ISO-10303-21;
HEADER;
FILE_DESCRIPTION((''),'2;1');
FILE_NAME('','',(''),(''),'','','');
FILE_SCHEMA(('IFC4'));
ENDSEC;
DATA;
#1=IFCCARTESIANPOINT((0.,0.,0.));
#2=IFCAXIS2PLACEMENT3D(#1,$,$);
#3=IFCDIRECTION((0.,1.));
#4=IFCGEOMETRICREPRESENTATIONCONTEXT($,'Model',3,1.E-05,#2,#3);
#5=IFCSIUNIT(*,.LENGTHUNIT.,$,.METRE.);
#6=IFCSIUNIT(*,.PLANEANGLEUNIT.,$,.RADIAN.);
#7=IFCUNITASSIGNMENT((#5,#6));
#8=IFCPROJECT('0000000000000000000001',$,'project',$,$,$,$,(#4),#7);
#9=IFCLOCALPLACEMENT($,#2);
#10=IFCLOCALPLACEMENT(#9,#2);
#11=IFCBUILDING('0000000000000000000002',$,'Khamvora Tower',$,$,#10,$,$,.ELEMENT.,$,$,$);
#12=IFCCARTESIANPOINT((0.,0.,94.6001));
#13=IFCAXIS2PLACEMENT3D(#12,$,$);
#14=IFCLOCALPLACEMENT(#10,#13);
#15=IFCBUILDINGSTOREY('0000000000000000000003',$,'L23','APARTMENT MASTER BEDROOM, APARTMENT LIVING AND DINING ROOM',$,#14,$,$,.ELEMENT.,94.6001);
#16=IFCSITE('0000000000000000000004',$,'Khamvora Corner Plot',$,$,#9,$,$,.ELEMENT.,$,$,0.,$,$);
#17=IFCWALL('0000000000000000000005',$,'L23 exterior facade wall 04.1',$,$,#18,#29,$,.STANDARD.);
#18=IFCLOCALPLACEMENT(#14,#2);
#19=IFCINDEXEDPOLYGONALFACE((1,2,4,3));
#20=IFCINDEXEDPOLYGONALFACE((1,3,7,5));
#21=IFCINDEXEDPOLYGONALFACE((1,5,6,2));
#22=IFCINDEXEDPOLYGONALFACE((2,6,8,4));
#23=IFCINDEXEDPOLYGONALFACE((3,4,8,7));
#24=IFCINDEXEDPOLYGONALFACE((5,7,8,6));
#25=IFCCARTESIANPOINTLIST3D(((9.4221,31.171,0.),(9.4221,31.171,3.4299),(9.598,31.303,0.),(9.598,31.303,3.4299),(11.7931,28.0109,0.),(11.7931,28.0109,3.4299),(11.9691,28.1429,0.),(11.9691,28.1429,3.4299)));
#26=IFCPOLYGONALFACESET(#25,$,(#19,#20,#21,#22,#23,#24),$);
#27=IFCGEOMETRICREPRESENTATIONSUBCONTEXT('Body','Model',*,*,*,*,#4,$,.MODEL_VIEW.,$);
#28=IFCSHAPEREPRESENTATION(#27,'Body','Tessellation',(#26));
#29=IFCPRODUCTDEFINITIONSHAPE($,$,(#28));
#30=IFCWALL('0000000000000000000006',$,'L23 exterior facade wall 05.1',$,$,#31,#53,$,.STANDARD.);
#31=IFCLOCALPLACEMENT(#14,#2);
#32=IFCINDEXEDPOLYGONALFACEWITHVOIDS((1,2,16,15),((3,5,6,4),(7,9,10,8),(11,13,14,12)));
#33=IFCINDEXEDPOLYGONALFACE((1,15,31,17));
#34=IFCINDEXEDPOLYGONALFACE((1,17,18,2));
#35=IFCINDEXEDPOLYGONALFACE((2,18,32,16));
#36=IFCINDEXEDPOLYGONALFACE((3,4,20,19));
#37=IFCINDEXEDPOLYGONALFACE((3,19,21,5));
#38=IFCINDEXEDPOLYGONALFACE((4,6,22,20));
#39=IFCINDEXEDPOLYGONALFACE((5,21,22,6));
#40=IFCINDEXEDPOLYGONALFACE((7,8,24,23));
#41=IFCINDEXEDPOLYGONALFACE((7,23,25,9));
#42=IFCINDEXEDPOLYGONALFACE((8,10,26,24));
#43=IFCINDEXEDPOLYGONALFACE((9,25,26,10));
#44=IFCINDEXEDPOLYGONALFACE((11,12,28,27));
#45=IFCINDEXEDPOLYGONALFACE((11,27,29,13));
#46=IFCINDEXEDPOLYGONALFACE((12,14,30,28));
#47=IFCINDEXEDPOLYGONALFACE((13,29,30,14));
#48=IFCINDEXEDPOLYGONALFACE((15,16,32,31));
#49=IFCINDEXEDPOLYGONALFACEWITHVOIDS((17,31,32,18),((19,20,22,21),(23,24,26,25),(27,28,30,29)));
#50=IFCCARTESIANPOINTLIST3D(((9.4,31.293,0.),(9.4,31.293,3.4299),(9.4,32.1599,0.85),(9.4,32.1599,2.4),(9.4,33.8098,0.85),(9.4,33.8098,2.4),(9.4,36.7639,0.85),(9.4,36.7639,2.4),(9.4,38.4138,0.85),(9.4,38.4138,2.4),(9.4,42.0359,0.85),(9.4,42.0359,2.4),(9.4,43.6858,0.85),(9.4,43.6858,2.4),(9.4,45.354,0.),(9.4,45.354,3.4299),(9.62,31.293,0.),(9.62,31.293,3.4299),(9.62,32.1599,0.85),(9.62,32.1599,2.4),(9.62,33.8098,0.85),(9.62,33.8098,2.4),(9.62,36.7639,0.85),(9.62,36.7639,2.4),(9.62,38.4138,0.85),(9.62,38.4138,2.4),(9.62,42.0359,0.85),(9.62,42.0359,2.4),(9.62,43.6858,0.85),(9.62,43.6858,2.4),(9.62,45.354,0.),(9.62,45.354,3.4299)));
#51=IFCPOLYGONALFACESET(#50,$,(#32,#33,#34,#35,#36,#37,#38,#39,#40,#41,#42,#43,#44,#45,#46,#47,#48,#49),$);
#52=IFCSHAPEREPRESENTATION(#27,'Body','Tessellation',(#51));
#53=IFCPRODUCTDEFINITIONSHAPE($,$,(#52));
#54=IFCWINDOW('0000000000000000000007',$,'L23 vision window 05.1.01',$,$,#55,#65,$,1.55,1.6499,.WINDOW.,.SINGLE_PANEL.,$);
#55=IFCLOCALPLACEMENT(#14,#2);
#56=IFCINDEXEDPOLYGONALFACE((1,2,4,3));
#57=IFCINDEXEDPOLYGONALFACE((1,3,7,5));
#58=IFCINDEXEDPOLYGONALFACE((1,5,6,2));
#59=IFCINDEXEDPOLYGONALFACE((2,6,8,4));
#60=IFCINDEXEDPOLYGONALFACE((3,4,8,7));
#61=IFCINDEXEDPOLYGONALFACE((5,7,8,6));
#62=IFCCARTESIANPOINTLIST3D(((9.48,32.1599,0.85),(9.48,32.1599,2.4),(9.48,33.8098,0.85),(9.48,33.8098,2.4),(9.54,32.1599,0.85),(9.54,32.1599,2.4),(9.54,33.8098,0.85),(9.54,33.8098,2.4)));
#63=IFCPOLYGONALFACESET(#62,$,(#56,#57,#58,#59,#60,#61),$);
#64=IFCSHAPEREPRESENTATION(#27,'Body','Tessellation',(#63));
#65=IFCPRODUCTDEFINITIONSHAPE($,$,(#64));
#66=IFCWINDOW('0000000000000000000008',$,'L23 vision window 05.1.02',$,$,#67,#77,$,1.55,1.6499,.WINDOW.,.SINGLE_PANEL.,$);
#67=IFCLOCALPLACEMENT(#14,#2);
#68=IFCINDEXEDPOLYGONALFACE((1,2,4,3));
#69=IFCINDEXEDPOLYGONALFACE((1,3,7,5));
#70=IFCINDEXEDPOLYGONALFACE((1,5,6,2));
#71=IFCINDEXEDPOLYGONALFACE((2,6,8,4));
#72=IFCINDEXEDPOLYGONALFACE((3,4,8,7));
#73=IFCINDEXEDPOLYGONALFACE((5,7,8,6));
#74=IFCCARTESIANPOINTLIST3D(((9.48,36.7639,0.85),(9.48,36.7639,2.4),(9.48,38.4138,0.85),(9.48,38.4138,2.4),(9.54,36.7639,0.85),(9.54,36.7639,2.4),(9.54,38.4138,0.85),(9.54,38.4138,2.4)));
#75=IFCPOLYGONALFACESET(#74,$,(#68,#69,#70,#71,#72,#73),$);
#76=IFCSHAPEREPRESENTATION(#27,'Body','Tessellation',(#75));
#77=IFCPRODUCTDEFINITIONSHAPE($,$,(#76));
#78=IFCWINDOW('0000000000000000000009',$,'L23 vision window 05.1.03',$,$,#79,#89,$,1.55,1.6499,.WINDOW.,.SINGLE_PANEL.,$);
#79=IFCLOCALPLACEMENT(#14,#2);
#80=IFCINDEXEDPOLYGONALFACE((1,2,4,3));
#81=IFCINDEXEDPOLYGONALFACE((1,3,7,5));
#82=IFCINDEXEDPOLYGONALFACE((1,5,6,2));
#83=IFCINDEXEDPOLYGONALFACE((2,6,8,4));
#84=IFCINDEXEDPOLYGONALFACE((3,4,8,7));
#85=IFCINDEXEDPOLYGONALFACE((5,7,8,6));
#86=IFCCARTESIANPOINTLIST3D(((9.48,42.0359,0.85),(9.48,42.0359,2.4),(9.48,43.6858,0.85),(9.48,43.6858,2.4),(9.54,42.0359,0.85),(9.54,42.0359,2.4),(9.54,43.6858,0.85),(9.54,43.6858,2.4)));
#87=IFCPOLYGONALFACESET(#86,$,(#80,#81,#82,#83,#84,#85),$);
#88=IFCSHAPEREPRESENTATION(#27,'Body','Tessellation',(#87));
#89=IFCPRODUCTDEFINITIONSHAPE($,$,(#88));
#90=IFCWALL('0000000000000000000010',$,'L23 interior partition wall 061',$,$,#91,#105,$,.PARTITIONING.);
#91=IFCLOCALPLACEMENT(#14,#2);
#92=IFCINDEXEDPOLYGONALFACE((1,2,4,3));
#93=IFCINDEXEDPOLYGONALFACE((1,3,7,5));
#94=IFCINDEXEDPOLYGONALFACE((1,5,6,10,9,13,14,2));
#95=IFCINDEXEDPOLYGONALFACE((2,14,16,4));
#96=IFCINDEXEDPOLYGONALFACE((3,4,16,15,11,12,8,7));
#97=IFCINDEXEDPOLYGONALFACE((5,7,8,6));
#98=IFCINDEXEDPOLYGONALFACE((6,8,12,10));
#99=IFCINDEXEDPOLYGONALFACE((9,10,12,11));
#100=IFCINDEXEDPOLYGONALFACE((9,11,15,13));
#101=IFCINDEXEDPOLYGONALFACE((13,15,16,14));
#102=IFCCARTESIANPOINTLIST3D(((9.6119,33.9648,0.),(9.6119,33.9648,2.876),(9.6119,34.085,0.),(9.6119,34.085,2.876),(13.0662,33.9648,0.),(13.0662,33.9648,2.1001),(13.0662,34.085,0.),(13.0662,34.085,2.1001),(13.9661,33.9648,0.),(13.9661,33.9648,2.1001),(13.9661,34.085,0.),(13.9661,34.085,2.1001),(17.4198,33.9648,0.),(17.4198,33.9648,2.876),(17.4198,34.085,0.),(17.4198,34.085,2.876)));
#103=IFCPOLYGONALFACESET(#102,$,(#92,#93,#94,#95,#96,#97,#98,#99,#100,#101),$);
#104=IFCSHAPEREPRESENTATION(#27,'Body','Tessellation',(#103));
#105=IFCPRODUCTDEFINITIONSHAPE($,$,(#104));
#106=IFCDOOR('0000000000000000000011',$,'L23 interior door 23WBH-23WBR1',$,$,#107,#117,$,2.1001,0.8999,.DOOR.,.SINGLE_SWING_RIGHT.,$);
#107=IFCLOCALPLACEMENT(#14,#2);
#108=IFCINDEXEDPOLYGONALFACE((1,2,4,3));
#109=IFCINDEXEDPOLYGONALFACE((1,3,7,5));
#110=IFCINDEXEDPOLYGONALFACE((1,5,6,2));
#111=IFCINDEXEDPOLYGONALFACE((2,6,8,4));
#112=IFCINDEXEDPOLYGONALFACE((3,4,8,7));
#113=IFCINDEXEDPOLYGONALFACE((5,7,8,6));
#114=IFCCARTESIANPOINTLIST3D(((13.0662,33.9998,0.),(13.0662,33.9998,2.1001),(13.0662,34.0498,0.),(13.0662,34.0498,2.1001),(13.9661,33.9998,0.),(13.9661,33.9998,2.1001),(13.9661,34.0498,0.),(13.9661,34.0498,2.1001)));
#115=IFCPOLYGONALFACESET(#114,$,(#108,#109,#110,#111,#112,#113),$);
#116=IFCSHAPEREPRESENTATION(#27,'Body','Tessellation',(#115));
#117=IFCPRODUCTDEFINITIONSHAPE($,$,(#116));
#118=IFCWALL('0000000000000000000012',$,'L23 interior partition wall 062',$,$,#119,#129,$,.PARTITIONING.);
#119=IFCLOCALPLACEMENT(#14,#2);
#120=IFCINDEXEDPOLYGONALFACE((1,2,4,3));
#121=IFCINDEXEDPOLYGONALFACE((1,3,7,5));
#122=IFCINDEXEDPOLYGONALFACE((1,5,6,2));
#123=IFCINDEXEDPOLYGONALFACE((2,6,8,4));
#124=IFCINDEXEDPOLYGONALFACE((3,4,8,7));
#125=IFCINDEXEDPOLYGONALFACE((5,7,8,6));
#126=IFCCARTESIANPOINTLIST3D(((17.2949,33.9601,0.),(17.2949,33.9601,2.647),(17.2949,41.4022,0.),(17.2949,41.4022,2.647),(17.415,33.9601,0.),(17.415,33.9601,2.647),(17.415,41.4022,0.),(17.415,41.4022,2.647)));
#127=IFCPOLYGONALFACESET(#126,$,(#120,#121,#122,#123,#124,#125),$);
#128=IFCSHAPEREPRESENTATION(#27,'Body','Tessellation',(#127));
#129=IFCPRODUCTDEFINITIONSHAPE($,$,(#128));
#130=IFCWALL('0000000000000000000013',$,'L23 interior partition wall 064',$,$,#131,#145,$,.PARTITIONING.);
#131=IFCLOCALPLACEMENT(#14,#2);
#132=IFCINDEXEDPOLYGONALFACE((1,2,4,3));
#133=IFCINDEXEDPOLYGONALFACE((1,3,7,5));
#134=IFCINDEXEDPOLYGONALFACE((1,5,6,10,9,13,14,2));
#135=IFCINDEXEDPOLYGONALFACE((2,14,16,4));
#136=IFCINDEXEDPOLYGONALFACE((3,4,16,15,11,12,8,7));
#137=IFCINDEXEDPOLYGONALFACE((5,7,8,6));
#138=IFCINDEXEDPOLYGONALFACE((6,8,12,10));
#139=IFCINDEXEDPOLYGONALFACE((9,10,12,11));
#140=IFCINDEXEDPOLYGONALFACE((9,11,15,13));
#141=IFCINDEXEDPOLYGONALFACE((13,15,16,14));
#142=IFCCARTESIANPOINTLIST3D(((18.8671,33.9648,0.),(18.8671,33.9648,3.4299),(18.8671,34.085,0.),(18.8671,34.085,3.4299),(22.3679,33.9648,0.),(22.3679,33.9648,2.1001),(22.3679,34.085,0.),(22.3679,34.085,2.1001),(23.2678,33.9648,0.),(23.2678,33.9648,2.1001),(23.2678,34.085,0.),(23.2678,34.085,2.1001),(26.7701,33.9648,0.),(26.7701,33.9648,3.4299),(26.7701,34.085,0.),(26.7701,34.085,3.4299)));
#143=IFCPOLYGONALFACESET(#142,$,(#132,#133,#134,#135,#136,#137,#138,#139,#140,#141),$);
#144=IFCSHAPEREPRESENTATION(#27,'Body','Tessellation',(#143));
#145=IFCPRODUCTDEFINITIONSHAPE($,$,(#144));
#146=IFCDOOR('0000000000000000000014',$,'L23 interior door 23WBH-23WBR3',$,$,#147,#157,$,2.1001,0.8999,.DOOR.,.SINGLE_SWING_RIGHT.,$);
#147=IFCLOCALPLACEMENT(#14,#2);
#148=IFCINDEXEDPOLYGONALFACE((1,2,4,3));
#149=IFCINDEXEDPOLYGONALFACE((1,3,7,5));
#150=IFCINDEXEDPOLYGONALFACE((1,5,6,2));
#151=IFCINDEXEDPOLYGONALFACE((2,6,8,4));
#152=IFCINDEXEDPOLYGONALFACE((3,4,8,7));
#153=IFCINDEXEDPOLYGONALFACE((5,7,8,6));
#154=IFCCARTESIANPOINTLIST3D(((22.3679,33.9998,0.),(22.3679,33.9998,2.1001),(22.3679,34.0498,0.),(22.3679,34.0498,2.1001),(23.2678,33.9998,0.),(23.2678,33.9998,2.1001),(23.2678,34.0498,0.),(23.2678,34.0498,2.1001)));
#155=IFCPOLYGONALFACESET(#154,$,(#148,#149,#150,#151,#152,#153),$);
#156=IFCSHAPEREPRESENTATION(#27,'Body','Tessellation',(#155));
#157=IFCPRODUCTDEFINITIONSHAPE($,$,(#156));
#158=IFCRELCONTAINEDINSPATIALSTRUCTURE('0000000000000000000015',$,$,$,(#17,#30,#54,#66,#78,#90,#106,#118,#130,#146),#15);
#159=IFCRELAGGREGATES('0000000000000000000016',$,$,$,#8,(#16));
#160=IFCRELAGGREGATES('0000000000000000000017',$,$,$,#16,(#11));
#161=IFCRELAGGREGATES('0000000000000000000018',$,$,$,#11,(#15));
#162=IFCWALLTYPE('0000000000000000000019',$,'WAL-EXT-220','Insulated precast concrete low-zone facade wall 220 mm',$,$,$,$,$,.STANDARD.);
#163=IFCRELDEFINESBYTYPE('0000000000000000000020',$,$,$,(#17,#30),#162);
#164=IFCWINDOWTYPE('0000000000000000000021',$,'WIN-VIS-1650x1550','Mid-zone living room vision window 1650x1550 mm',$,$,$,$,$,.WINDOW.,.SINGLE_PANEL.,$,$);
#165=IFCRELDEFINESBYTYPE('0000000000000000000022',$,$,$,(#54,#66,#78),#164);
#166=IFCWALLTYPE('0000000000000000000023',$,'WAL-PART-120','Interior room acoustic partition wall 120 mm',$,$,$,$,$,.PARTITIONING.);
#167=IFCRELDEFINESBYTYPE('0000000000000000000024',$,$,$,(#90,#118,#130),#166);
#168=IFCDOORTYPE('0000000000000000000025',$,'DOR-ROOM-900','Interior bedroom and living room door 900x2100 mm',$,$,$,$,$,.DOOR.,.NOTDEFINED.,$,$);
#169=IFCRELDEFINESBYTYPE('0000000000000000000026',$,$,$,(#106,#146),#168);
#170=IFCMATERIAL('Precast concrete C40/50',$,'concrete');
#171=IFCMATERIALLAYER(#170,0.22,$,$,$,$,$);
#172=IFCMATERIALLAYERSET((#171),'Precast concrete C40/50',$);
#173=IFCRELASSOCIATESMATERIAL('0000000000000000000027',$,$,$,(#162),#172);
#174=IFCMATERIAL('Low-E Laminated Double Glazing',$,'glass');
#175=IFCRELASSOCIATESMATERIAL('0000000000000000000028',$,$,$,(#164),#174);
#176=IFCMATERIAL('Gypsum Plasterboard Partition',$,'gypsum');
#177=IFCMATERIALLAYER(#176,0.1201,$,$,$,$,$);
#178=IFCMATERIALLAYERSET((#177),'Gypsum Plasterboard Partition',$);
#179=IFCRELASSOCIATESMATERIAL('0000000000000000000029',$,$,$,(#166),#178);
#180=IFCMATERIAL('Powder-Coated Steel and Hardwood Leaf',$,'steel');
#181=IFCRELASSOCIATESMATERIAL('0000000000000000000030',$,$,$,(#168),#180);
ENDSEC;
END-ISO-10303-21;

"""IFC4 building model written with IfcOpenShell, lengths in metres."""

from ifc_helpers import new_model, si_unit, direction, frame, frame_2d, origin, place, context, subcontext, project, spatial, rectangle, extrude, material, layer, layer_set, type_object, element, fill, save


model = new_model("IFC4")

# Units and contexts
model_context = context("Model", 3, precision=1e-05, world=origin(), true_north=direction((0.0, 1.0)))
body_context = subcontext(model_context, "Body", "Model", "MODEL_VIEW")
ifc_project = project(units=[si_unit("LENGTHUNIT", "METRE"), si_unit("PLANEANGLEUNIT", "RADIAN")], contexts=[model_context])

# Site, building, storey
site_placement = place(None, origin())
site = spatial("IfcSite", under=ifc_project, at=site_placement, Name="Khamvora Corner Plot", CompositionType="ELEMENT", RefElevation=0.0)
building_placement = place(site_placement, origin())
building = spatial("IfcBuilding", under=site, at=building_placement, Name="Khamvora Tower", CompositionType="ELEMENT")
storey_placement = place(building_placement, frame((0.0, 0.0, 94.6001)))
storey = spatial("IfcBuildingStorey", under=building, at=storey_placement, Name="L23", Description="APARTMENT MASTER BEDROOM, APARTMENT LIVING AND DINING ROOM", CompositionType="ELEMENT", Elevation=94.6001)

# Shared definitions
ifc_material_1 = material(Name="Powder-Coated Steel and Hardwood Leaf", Category="steel")

# Wall
ifc_material_2 = material(Name="Precast concrete C40/50", Category="concrete")
ifc_layer_1 = layer(ifc_material_2, 0.22)
ifc_layer_set_1 = layer_set([ifc_layer_1], Name="Precast concrete C40/50")
wall_type_1 = type_object("IfcWallType", Name="WAL-EXT-220", Description="Insulated precast concrete low-zone facade wall 220 mm", PredefinedType="STANDARD", material=ifc_layer_set_1)
wall_1_placement = place(storey_placement, frame((11.8811, 28.0769, 0.0), z_axis=(0.0, 0.0, 1.0), x_axis=(-0.600158, 0.799881, 0.0)))
element("IfcWall", 1, at=wall_1_placement, inside=storey, type_object=wall_type_1, Name="L23 exterior facade wall 04.1", PredefinedType="STANDARD", context=body_context, shape_type="SweptSolid", body=[
    extrude(rectangle(XDim=3.9507, YDim=0.22, at=frame_2d((1.9753, 0.0))), origin(), (0.0, 0.0, 1.0), 3.4299),
])

# Wall, openings, windows
wall_2_placement = place(storey_placement, frame((9.51, 31.293, 0.0), z_axis=(0.0, 0.0, 1.0), x_axis=(0.0, 1.0, 0.0)))
wall_2 = element("IfcWall", 2, at=wall_2_placement, inside=storey, type_object=wall_type_1, Name="L23 exterior facade wall 05.1", PredefinedType="STANDARD", context=body_context, shape_type="SweptSolid", body=[
    extrude(rectangle(XDim=14.061, YDim=0.22, at=frame_2d((7.0305, 0.0))), origin(), (0.0, 0.0, 1.0), 3.4299),
])
opening_1_placement = place(wall_2_placement, frame((0.8669, 0.0, 0.8501)))
opening_1 = element("IfcOpeningElement", 3, at=opening_1_placement, cuts=wall_2, PredefinedType="OPENING", context=body_context, shape_type="SweptSolid", body=[
    extrude(rectangle(XDim=1.6499, YDim=1.55, at=frame_2d((0.825, 0.7749))), frame((0.0, 0.1199, 0.0), z_axis=(0.0, -1.0, 0.0), x_axis=(1.0, 0.0, 0.0)), (0.0, 0.0, 1.0), 0.24),
])
opening_2_placement = place(wall_2_placement, frame((5.4709, 0.0, 0.8501)))
opening_2 = element("IfcOpeningElement", 4, at=opening_2_placement, cuts=wall_2, PredefinedType="OPENING", context=body_context, shape_type="SweptSolid", body=[
    extrude(rectangle(XDim=1.6499, YDim=1.55, at=frame_2d((0.825, 0.7749))), frame((0.0, 0.1199, 0.0), z_axis=(0.0, -1.0, 0.0), x_axis=(1.0, 0.0, 0.0)), (0.0, 0.0, 1.0), 0.24),
])
opening_3_placement = place(wall_2_placement, frame((10.7429, 0.0, 0.8501)))
opening_3 = element("IfcOpeningElement", 5, at=opening_3_placement, cuts=wall_2, PredefinedType="OPENING", context=body_context, shape_type="SweptSolid", body=[
    extrude(rectangle(XDim=1.6499, YDim=1.55, at=frame_2d((0.825, 0.7749))), frame((0.0, 0.1199, 0.0), z_axis=(0.0, -1.0, 0.0), x_axis=(1.0, 0.0, 0.0)), (0.0, 0.0, 1.0), 0.24),
])
ifc_material_3 = material(Name="Low-E Laminated Double Glazing", Category="glass")
window_type = type_object("IfcWindowType", Name="WIN-VIS-1650x1550", Description="Mid-zone living room vision window 1650x1550 mm", PartitioningType="SINGLE_PANEL", PredefinedType="WINDOW", material=ifc_material_3)
window_1_placement = place(opening_1_placement, origin())
window_1 = element("IfcWindow", 6, at=window_1_placement, inside=storey, type_object=window_type, Name="L23 vision window 05.1.01", OverallHeight=1.55, OverallWidth=1.6499, PartitioningType="SINGLE_PANEL", PredefinedType="WINDOW", context=body_context, shape_type="SweptSolid", body=[
    extrude(rectangle(XDim=1.6499, YDim=1.55, at=frame_2d((0.825, 0.7749))), frame((0.0, 0.03, 0.0), z_axis=(0.0, -1.0, 0.0), x_axis=(1.0, 0.0, 0.0)), (0.0, 0.0, 1.0), 0.0601),
])
fill(opening_1, window_1)
window_2_placement = place(opening_2_placement, origin())
window_2 = element("IfcWindow", 7, at=window_2_placement, inside=storey, type_object=window_type, Name="L23 vision window 05.1.02", OverallHeight=1.55, OverallWidth=1.6499, PartitioningType="SINGLE_PANEL", PredefinedType="WINDOW", context=body_context, shape_type="SweptSolid", body=[
    extrude(rectangle(XDim=1.6499, YDim=1.55, at=frame_2d((0.825, 0.7749))), frame((0.0, 0.03, 0.0), z_axis=(0.0, -1.0, 0.0), x_axis=(1.0, 0.0, 0.0)), (0.0, 0.0, 1.0), 0.0601),
])
fill(opening_2, window_2)
window_3_placement = place(opening_3_placement, origin())
window_3 = element("IfcWindow", 8, at=window_3_placement, inside=storey, type_object=window_type, Name="L23 vision window 05.1.03", OverallHeight=1.55, OverallWidth=1.6499, PartitioningType="SINGLE_PANEL", PredefinedType="WINDOW", context=body_context, shape_type="SweptSolid", body=[
    extrude(rectangle(XDim=1.6499, YDim=1.55, at=frame_2d((0.825, 0.7749))), frame((0.0, 0.03, 0.0), z_axis=(0.0, -1.0, 0.0), x_axis=(1.0, 0.0, 0.0)), (0.0, 0.0, 1.0), 0.0601),
])
fill(opening_3, window_3)

# Wall, opening, door
ifc_material_4 = material(Name="Gypsum Plasterboard Partition", Category="gypsum")
ifc_layer_2 = layer(ifc_material_4, 0.1201)
ifc_layer_set_2 = layer_set([ifc_layer_2], Name="Gypsum Plasterboard Partition")
wall_type_2 = type_object("IfcWallType", Name="WAL-PART-120", Description="Interior room acoustic partition wall 120 mm", PredefinedType="PARTITIONING", material=ifc_layer_set_2)
wall_3_placement = place(storey_placement, frame((9.6121, 34.0249, 0.0), z_axis=(0.0, 0.0, 1.0), x_axis=(1.0, 0.0, 0.0)))
wall_3 = element("IfcWall", 9, at=wall_3_placement, inside=storey, type_object=wall_type_2, Name="L23 interior partition wall 061", PredefinedType="PARTITIONING", context=body_context, shape_type="SweptSolid", body=[
    extrude(rectangle(XDim=7.8079, YDim=0.1201, at=frame_2d((3.9038, 0.0))), origin(), (0.0, 0.0, 1.0), 2.876),
])
opening_4_placement = place(wall_3_placement, frame((3.4541, 0.0, 0.0)))
opening_4 = element("IfcOpeningElement", 10, at=opening_4_placement, cuts=wall_3, PredefinedType="OPENING", context=body_context, shape_type="SweptSolid", body=[
    extrude(rectangle(XDim=0.8999, YDim=2.1001, at=frame_2d((0.45, 1.05))), frame((0.0, 0.0701, 0.0), z_axis=(0.0, -1.0, 0.0), x_axis=(1.0, 0.0, 0.0)), (0.0, 0.0, 1.0), 0.1401),
])
door_type_1 = type_object("IfcDoorType", Name="DOR-ROOM-900", Description="Interior bedroom and living room door 900x2100 mm", OperationType="NOTDEFINED", PredefinedType="DOOR", material=ifc_material_1)
door_1_placement = place(opening_4_placement, origin())
door_1 = element("IfcDoor", 11, at=door_1_placement, inside=storey, type_object=door_type_1, Name="L23 interior door 23WBH-23WBR1", OperationType="SINGLE_SWING_RIGHT", OverallHeight=2.1001, OverallWidth=0.8999, PredefinedType="DOOR", context=body_context, shape_type="SweptSolid", body=[
    extrude(rectangle(XDim=0.8999, YDim=2.1001, at=frame_2d((0.45, 1.05))), frame((0.0, 0.0249, 0.0), z_axis=(0.0, -1.0, 0.0), x_axis=(1.0, 0.0, 0.0)), (0.0, 0.0, 1.0), 0.05),
])
fill(opening_4, door_1)

# Wall
wall_4_placement = place(storey_placement, frame((17.355, 33.96, 0.0), z_axis=(0.0, 0.0, 1.0), x_axis=(0.0, 1.0, 0.0)))
element("IfcWall", 12, at=wall_4_placement, inside=storey, type_object=wall_type_2, Name="L23 interior partition wall 062", PredefinedType="PARTITIONING", context=body_context, shape_type="SweptSolid", body=[
    extrude(rectangle(XDim=7.4421, YDim=0.1201, at=frame_2d((3.7212, 0.0))), origin(), (0.0, 0.0, 1.0), 2.647),
])

# Wall, opening, door
wall_5_placement = place(storey_placement, frame((18.8669, 34.0249, 0.0), z_axis=(0.0, 0.0, 1.0), x_axis=(1.0, 0.0, 0.0)))
wall_5 = element("IfcWall", 13, at=wall_5_placement, inside=storey, type_object=wall_type_2, Name="L23 interior partition wall 064", PredefinedType="PARTITIONING", context=body_context, shape_type="SweptSolid", body=[
    extrude(rectangle(XDim=7.9031, YDim=0.1201, at=frame_2d((3.9517, 0.0))), origin(), (0.0, 0.0, 1.0), 3.4299),
])
opening_5_placement = place(wall_5_placement, frame((3.501, 0.0, 0.0)))
opening_5 = element("IfcOpeningElement", 14, at=opening_5_placement, cuts=wall_5, PredefinedType="OPENING", context=body_context, shape_type="SweptSolid", body=[
    extrude(rectangle(XDim=0.8999, YDim=2.1001, at=frame_2d((0.45, 1.05))), frame((0.0, 0.0701, 0.0), z_axis=(0.0, -1.0, 0.0), x_axis=(1.0, 0.0, 0.0)), (0.0, 0.0, 1.0), 0.1401),
])
door_2_placement = place(opening_5_placement, origin())
door_2 = element("IfcDoor", 15, at=door_2_placement, inside=storey, type_object=door_type_1, Name="L23 interior door 23WBH-23WBR3", OperationType="SINGLE_SWING_RIGHT", OverallHeight=2.1001, OverallWidth=0.8999, PredefinedType="DOOR", context=body_context, shape_type="SweptSolid", body=[
    extrude(rectangle(XDim=0.8999, YDim=2.1001, at=frame_2d((0.45, 1.05))), frame((0.0, 0.0249, 0.0), z_axis=(0.0, -1.0, 0.0), x_axis=(1.0, 0.0, 0.0)), (0.0, 0.0, 1.0), 0.05),
])
fill(opening_5, door_2)

save(model, "model.ifc")
